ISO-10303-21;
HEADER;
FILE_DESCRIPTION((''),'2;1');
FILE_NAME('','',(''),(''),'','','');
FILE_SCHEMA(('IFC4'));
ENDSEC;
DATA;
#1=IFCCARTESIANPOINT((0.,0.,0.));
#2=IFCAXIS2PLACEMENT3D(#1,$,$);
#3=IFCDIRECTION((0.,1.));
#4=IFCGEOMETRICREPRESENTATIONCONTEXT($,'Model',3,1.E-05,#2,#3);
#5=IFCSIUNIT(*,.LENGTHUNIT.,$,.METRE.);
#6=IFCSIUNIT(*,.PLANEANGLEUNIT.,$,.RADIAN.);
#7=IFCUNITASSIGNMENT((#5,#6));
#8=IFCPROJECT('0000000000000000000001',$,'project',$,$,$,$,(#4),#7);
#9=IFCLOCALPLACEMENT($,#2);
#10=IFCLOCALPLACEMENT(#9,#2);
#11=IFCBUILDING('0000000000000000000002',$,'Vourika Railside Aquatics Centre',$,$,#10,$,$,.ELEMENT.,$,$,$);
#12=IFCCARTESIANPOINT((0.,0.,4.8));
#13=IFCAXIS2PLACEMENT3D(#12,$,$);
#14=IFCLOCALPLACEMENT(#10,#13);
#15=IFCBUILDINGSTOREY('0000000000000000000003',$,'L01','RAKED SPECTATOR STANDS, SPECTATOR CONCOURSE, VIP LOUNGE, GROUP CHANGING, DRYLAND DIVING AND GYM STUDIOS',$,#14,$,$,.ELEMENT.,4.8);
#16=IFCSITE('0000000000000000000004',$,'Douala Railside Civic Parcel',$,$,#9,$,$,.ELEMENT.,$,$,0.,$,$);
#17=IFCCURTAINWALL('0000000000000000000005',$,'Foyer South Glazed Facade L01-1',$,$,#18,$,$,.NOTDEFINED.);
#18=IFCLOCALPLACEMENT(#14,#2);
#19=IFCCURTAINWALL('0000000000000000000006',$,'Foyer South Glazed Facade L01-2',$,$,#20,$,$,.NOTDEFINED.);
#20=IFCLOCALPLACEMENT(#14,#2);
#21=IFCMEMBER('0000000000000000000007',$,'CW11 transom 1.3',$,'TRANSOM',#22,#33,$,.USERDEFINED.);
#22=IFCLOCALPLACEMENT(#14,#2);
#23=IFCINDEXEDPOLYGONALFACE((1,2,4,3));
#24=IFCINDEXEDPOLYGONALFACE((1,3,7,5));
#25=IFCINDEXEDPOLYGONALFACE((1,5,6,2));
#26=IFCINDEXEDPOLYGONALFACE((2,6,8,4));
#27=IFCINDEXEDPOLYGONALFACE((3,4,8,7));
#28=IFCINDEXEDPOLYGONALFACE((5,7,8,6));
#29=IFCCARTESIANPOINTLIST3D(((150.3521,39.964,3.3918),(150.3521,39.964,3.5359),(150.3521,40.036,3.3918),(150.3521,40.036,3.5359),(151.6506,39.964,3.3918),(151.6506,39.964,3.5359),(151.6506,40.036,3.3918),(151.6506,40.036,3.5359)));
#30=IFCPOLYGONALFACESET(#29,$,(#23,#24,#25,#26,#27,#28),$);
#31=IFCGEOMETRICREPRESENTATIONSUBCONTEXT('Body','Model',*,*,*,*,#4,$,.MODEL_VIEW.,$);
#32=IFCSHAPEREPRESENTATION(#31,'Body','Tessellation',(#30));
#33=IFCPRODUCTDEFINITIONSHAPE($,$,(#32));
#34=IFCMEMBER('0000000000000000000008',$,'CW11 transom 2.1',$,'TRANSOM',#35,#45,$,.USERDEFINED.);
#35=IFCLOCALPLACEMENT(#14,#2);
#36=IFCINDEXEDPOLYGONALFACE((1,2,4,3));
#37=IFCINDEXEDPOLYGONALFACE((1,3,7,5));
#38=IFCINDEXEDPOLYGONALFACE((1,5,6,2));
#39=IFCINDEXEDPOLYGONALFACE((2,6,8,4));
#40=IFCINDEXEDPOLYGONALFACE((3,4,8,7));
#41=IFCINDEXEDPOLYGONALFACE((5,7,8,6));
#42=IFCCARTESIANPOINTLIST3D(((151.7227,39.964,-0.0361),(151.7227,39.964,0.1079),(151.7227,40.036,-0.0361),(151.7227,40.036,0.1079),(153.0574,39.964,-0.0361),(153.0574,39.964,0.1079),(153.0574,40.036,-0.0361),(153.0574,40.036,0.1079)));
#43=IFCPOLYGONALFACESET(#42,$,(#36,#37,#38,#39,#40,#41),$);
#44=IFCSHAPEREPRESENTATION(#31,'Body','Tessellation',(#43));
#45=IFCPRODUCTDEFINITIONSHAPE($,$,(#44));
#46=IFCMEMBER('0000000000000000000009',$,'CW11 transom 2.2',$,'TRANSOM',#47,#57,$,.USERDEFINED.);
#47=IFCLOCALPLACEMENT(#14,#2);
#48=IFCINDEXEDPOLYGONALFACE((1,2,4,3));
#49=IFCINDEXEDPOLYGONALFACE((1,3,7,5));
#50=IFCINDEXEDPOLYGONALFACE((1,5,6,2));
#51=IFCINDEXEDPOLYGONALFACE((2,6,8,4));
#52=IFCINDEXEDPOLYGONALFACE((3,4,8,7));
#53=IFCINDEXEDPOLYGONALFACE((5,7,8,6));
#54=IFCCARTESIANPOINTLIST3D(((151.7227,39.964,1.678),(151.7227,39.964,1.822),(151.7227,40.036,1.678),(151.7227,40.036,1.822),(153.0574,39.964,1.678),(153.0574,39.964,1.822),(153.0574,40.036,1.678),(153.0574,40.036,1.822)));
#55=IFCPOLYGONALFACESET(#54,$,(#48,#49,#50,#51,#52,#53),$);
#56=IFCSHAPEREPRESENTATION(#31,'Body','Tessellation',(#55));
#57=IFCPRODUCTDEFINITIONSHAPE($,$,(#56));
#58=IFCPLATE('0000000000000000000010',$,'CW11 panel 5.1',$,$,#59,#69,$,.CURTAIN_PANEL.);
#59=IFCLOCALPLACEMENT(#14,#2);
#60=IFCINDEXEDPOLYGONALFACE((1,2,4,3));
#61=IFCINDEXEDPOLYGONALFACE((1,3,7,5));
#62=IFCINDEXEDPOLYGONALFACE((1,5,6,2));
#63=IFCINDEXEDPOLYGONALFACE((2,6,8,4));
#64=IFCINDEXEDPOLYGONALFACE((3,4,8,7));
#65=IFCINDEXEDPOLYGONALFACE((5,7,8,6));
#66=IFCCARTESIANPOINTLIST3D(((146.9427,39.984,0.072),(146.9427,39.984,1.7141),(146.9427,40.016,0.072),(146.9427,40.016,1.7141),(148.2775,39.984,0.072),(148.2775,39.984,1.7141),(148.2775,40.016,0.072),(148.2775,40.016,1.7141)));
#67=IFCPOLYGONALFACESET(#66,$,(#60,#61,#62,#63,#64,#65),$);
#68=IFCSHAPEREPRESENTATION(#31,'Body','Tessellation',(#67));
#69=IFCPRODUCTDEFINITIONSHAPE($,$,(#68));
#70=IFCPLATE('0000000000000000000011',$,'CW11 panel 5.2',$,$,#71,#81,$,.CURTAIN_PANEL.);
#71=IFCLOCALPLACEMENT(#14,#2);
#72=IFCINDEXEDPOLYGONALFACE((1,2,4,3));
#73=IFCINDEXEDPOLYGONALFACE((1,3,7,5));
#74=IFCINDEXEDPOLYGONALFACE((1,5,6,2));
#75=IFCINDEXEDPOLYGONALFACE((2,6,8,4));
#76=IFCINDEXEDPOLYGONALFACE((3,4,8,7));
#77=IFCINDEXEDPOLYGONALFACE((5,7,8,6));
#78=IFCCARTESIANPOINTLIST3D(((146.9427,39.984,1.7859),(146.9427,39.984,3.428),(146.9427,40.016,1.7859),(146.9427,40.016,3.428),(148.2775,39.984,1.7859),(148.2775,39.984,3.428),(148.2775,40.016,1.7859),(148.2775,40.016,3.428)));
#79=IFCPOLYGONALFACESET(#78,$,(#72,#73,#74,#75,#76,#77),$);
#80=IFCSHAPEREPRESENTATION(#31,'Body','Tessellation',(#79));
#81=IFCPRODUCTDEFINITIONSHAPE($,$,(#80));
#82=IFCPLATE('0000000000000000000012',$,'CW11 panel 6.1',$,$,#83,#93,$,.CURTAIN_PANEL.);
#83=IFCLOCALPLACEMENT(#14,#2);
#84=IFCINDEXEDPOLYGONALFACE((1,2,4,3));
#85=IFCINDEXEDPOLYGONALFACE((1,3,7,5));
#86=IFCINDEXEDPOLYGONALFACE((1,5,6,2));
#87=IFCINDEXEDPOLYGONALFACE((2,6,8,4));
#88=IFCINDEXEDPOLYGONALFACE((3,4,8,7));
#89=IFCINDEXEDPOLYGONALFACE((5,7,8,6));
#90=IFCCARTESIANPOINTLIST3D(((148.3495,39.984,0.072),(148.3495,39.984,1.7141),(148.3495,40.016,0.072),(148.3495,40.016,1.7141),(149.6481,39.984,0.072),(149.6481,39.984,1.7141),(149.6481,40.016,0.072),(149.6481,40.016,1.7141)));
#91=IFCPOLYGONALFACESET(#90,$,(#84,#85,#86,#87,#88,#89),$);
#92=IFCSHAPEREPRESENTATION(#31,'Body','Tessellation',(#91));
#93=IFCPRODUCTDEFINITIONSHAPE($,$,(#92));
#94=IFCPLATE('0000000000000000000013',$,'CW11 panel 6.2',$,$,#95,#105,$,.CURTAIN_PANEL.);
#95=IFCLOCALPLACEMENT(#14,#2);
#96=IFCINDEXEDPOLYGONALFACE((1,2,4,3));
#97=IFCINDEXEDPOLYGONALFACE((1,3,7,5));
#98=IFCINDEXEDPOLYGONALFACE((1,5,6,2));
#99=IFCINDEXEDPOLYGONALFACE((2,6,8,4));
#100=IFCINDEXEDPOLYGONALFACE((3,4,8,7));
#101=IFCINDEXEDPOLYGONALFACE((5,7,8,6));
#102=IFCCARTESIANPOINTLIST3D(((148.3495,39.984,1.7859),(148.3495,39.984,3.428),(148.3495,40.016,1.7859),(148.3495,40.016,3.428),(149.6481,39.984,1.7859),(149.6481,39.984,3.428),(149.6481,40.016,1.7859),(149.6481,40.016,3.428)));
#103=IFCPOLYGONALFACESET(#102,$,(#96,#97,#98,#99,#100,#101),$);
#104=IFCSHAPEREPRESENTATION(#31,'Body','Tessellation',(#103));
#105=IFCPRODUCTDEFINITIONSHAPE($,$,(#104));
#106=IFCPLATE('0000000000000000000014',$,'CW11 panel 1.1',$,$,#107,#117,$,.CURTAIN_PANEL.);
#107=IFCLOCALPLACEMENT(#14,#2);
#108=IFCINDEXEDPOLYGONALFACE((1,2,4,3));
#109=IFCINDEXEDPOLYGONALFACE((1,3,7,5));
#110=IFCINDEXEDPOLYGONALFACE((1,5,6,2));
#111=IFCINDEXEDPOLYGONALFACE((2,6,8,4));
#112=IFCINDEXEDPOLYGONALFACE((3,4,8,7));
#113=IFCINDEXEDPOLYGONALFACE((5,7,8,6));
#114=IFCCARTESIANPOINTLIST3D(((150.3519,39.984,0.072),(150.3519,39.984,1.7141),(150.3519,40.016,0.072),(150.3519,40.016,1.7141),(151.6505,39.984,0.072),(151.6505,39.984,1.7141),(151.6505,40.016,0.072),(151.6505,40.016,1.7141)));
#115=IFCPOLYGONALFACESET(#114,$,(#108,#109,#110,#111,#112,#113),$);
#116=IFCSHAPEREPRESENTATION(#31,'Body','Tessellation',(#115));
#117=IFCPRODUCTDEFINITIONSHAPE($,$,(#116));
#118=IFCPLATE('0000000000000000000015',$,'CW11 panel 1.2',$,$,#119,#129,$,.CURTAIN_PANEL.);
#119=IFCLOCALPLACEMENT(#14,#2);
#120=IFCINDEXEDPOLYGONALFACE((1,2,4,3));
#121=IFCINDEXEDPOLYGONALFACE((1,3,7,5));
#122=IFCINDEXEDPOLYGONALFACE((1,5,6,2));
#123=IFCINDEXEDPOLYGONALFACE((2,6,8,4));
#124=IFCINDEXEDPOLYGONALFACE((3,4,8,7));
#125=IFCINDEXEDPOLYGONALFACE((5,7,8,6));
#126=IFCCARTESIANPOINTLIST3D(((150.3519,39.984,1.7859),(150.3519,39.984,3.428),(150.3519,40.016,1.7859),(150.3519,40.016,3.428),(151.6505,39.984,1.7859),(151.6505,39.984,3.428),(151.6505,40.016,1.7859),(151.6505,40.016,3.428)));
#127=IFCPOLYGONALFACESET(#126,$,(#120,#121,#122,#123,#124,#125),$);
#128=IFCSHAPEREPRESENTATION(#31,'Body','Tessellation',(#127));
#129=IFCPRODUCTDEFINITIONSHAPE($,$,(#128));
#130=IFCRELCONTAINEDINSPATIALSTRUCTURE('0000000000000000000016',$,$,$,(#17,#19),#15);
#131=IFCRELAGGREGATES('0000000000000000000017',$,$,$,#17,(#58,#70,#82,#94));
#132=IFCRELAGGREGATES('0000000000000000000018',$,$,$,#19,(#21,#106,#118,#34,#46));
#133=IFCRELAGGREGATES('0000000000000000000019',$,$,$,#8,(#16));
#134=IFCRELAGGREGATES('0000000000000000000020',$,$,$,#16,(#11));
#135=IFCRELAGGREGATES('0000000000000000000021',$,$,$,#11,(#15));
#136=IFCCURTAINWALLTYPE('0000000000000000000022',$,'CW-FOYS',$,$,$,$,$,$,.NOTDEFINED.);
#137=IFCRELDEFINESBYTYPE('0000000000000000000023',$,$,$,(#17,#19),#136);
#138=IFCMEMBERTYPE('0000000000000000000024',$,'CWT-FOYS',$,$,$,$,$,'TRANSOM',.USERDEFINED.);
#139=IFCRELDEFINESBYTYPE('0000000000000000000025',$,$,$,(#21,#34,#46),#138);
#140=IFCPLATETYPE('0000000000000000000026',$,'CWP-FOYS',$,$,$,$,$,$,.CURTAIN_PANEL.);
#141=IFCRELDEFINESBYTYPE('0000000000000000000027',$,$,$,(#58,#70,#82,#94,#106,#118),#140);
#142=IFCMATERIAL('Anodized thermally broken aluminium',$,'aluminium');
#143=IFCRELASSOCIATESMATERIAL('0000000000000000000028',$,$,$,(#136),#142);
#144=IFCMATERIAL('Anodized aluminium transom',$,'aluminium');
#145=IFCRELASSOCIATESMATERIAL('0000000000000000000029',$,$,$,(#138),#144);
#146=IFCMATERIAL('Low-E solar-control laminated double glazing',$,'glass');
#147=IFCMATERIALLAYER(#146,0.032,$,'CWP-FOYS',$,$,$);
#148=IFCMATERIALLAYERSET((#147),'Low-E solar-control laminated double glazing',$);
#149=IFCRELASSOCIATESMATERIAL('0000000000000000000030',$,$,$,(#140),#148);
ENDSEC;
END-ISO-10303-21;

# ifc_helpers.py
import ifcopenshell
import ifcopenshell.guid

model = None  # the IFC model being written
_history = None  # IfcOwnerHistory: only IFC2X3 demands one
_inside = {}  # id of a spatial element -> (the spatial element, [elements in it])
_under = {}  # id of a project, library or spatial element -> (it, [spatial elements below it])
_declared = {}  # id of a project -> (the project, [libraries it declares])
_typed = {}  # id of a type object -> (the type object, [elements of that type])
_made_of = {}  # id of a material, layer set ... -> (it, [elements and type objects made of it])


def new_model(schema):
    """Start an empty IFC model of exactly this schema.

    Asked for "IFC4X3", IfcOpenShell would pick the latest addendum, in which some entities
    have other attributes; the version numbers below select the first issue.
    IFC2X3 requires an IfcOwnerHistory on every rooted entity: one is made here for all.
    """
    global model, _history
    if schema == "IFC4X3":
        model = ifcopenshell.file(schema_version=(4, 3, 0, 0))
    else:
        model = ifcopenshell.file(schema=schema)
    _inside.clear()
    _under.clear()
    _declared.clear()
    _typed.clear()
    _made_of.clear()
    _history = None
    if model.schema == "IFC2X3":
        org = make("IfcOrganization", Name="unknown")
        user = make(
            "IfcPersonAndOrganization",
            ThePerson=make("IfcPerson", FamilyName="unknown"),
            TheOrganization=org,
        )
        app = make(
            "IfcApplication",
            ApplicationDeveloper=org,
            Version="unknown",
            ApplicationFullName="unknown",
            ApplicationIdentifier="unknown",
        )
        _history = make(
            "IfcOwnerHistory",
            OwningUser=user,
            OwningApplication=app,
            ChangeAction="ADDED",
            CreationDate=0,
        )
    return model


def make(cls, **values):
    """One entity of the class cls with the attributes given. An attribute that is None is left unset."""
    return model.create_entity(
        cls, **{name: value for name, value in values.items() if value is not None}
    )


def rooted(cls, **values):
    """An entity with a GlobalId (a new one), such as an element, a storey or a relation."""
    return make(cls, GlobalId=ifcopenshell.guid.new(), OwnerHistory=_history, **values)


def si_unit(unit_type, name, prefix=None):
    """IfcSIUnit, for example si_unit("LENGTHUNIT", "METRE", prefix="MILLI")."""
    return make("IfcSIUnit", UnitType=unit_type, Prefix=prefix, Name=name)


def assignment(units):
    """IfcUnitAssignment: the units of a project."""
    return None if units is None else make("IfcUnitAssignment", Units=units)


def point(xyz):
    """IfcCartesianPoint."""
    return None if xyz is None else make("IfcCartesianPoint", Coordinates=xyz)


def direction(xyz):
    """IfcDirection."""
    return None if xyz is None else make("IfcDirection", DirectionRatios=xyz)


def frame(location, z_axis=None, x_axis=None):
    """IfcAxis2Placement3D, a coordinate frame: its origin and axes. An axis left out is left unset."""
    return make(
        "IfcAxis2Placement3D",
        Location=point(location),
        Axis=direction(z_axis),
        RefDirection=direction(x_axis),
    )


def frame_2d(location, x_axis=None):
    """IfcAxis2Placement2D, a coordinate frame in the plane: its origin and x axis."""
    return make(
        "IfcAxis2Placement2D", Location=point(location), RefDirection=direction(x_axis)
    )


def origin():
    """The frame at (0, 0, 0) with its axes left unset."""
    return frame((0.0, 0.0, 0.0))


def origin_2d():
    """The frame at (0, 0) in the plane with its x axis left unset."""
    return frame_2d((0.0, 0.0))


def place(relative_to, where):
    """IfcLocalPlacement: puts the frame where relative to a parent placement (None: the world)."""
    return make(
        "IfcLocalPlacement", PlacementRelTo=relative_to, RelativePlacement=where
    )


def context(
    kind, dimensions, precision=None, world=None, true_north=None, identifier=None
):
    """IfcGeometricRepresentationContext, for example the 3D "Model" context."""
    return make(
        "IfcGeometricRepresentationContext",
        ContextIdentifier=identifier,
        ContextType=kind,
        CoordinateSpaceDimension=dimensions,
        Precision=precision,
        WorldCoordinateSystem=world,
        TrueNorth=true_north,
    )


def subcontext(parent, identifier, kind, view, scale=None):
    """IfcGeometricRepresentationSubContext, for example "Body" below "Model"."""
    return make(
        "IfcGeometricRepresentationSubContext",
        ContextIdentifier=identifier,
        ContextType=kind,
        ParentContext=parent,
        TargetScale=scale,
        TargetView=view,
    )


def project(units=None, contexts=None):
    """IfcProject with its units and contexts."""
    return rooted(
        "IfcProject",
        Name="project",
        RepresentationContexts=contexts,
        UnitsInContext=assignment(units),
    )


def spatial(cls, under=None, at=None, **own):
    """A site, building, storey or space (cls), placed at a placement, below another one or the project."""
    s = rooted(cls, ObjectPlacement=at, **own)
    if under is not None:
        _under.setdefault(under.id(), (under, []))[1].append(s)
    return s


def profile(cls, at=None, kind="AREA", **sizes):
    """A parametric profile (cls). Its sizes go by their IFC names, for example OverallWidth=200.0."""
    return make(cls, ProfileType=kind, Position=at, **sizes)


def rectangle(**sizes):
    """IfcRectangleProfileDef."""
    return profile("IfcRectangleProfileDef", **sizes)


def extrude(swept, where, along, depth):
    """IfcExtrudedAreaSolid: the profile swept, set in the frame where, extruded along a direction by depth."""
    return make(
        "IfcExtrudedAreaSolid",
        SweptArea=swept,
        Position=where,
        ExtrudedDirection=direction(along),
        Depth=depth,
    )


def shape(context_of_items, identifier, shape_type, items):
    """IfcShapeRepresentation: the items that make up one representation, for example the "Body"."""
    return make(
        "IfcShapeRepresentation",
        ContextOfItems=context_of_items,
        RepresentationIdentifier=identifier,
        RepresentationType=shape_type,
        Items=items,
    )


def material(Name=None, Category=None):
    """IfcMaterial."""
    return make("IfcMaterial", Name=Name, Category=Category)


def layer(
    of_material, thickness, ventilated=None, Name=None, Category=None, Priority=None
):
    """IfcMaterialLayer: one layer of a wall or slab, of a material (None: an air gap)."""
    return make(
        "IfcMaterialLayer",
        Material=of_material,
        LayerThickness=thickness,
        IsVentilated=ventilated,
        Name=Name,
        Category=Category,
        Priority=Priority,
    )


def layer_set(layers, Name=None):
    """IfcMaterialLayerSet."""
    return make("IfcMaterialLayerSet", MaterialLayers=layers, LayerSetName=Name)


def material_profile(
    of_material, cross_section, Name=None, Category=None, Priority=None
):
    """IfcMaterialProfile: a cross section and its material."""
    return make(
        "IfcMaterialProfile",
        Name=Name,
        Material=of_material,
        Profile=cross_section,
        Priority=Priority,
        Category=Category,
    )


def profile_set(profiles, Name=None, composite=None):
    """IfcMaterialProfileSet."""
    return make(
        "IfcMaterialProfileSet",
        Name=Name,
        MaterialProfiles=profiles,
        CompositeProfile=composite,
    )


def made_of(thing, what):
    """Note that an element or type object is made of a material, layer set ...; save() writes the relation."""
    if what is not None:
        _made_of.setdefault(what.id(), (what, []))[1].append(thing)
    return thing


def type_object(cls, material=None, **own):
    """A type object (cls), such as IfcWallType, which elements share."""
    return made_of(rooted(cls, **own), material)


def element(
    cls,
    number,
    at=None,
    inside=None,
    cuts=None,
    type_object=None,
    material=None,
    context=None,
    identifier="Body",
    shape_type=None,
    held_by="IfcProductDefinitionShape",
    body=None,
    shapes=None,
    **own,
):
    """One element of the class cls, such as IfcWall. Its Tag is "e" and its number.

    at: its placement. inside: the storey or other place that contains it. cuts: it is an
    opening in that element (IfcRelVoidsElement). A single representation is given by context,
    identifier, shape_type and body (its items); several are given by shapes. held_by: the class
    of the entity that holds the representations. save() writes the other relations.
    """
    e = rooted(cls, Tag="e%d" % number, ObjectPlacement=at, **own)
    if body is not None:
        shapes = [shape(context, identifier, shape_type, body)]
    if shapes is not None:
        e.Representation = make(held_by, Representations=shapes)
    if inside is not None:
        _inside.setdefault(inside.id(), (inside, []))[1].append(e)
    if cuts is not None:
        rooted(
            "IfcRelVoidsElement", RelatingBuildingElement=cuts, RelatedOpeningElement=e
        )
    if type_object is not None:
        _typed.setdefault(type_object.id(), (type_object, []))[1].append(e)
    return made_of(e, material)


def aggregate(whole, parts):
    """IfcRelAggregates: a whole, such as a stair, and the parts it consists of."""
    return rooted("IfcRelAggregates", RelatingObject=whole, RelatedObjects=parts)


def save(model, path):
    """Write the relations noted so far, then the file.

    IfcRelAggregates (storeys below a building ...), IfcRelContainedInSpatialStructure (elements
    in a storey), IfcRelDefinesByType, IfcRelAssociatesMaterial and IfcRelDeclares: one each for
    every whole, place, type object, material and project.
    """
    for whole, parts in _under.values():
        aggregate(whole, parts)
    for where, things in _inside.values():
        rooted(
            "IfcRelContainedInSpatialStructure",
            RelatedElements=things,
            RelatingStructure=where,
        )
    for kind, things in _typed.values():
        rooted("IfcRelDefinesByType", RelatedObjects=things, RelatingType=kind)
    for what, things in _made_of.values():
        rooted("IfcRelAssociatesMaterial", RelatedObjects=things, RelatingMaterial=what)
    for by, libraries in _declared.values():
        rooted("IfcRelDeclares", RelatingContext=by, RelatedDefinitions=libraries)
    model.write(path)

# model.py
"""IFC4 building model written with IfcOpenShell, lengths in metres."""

from ifc_helpers import new_model, si_unit, direction, frame, origin, origin_2d, place, context, subcontext, project, spatial, rectangle, extrude, material, layer, layer_set, material_profile, profile_set, type_object, element, aggregate, save


model = new_model("IFC4")

# Units and contexts
model_context = context("Model", 3, precision=1e-05, world=origin(), true_north=direction((0.0, 1.0)))
body_context = subcontext(model_context, "Body", "Model", "MODEL_VIEW")
ifc_project = project(units=[si_unit("LENGTHUNIT", "METRE"), si_unit("PLANEANGLEUNIT", "RADIAN")], contexts=[model_context])

# Site, building, storey
site_placement = place(None, origin())
site = spatial("IfcSite", under=ifc_project, at=site_placement, Name="Douala Railside Civic Parcel", CompositionType="ELEMENT", RefElevation=0.0)
building_placement = place(site_placement, origin())
building = spatial("IfcBuilding", under=site, at=building_placement, Name="Vourika Railside Aquatics Centre", CompositionType="ELEMENT")
storey_placement = place(building_placement, frame((0.0, 0.0, 4.8)))
storey = spatial("IfcBuildingStorey", under=building, at=storey_placement, Name="L01", Description="RAKED SPECTATOR STANDS, SPECTATOR CONCOURSE, VIP LOUNGE, GROUP CHANGING, DRYLAND DIVING AND GYM STUDIOS", CompositionType="ELEMENT", Elevation=4.8)

# Curtain walls
ifc_material_1 = material(Name="Anodized thermally broken aluminium", Category="aluminium")
curtain_wall_type = type_object("IfcCurtainWallType", Name="CW-FOYS", PredefinedType="NOTDEFINED", material=ifc_material_1)
curtain_wall_1_placement = place(storey_placement, origin())
curtain_wall_1 = element("IfcCurtainWall", 1, at=curtain_wall_1_placement, inside=storey, type_object=curtain_wall_type, Name="Foyer South Glazed Facade L01-1", PredefinedType="NOTDEFINED")
curtain_wall_2_placement = place(storey_placement, origin())
curtain_wall_2 = element("IfcCurtainWall", 2, at=curtain_wall_2_placement, inside=storey, type_object=curtain_wall_type, Name="Foyer South Glazed Facade L01-2", PredefinedType="NOTDEFINED")

# Members
ifc_material_2 = material(Name="Anodized aluminium transom", Category="aluminium")
ifc_material_profile_1 = material_profile(ifc_material_2, rectangle(XDim=0.072, YDim=0.144, at=origin_2d()), Name="ALU-T 72x144")
ifc_profile_set_1 = profile_set([ifc_material_profile_1], Name="Anodized aluminium transom")
member_type_1 = type_object("IfcMemberType", Name="CWT-FOYS", ElementType="TRANSOM", PredefinedType="USERDEFINED", material=ifc_profile_set_1)
member_1_placement = place(storey_placement, frame((150.3521, 40.0, 3.4639), z_axis=(1.0, 0.0, 0.0), x_axis=(0.0, 1.0, 0.0)))
member_1 = element("IfcMember", 3, at=member_1_placement, type_object=member_type_1, Name="CW11 transom 1.3", ObjectType="TRANSOM", PredefinedType="USERDEFINED", context=body_context, shape_type="SweptSolid", body=[
    extrude(rectangle(XDim=0.072, YDim=0.144, at=origin_2d()), origin(), (0.0, 0.0, 1.0), 1.2986),
])
member_2_placement = place(storey_placement, frame((151.7227, 40.0, 0.0359), z_axis=(1.0, 0.0, 0.0), x_axis=(0.0, 1.0, 0.0)))
member_2 = element("IfcMember", 4, at=member_2_placement, type_object=member_type_1, Name="CW11 transom 2.1", ObjectType="TRANSOM", PredefinedType="USERDEFINED", context=body_context, shape_type="SweptSolid", body=[
    extrude(rectangle(XDim=0.072, YDim=0.144, at=origin_2d()), origin(), (0.0, 0.0, 1.0), 1.3347),
])
member_3_placement = place(storey_placement, frame((151.7227, 40.0, 1.75), z_axis=(1.0, 0.0, 0.0), x_axis=(0.0, 1.0, 0.0)))
member_3 = element("IfcMember", 5, at=member_3_placement, type_object=member_type_1, Name="CW11 transom 2.2", ObjectType="TRANSOM", PredefinedType="USERDEFINED", context=body_context, shape_type="SweptSolid", body=[
    extrude(rectangle(XDim=0.072, YDim=0.144, at=origin_2d()), origin(), (0.0, 0.0, 1.0), 1.3347),
])

# Plates
ifc_material_3 = material(Name="Low-E solar-control laminated double glazing", Category="glass")
ifc_layer = layer(ifc_material_3, 0.032, Name="CWP-FOYS")
ifc_layer_set = layer_set([ifc_layer], Name="Low-E solar-control laminated double glazing")
plate_type = type_object("IfcPlateType", Name="CWP-FOYS", PredefinedType="CURTAIN_PANEL", material=ifc_layer_set)
plate_1_placement = place(storey_placement, frame((147.6101, 40.0, 0.072), z_axis=(0.0, 0.0, 1.0), x_axis=(1.0, 0.0, 0.0)))
plate_1 = element("IfcPlate", 6, at=plate_1_placement, type_object=plate_type, Name="CW11 panel 5.1", PredefinedType="CURTAIN_PANEL", context=body_context, shape_type="SweptSolid", body=[
    extrude(rectangle(XDim=1.3347, YDim=0.032, at=origin_2d()), origin(), (0.0, 0.0, 1.0), 1.6421),
])
plate_2_placement = place(storey_placement, frame((147.6101, 40.0, 1.7859), z_axis=(0.0, 0.0, 1.0), x_axis=(1.0, 0.0, 0.0)))
plate_2 = element("IfcPlate", 7, at=plate_2_placement, type_object=plate_type, Name="CW11 panel 5.2", PredefinedType="CURTAIN_PANEL", context=body_context, shape_type="SweptSolid", body=[
    extrude(rectangle(XDim=1.3347, YDim=0.032, at=origin_2d()), origin(), (0.0, 0.0, 1.0), 1.6421),
])
plate_3_placement = place(storey_placement, frame((148.9988, 40.0, 0.072), z_axis=(0.0, 0.0, 1.0), x_axis=(1.0, 0.0, 0.0)))
plate_3 = element("IfcPlate", 8, at=plate_3_placement, type_object=plate_type, Name="CW11 panel 6.1", PredefinedType="CURTAIN_PANEL", context=body_context, shape_type="SweptSolid", body=[
    extrude(rectangle(XDim=1.2986, YDim=0.032, at=origin_2d()), origin(), (0.0, 0.0, 1.0), 1.6421),
])
plate_4_placement = place(storey_placement, frame((148.9988, 40.0, 1.7859), z_axis=(0.0, 0.0, 1.0), x_axis=(1.0, 0.0, 0.0)))
plate_4 = element("IfcPlate", 9, at=plate_4_placement, type_object=plate_type, Name="CW11 panel 6.2", PredefinedType="CURTAIN_PANEL", context=body_context, shape_type="SweptSolid", body=[
    extrude(rectangle(XDim=1.2986, YDim=0.032, at=origin_2d()), origin(), (0.0, 0.0, 1.0), 1.6421),
])
aggregate(curtain_wall_1, [plate_1, plate_2, plate_3, plate_4])
plate_5_placement = place(storey_placement, frame((151.0012, 40.0, 0.072), z_axis=(0.0, 0.0, 1.0), x_axis=(1.0, 0.0, 0.0)))
plate_5 = element("IfcPlate", 10, at=plate_5_placement, type_object=plate_type, Name="CW11 panel 1.1", PredefinedType="CURTAIN_PANEL", context=body_context, shape_type="SweptSolid", body=[
    extrude(rectangle(XDim=1.2986, YDim=0.032, at=origin_2d()), origin(), (0.0, 0.0, 1.0), 1.6421),
])
plate_6_placement = place(storey_placement, frame((151.0012, 40.0, 1.7859), z_axis=(0.0, 0.0, 1.0), x_axis=(1.0, 0.0, 0.0)))
plate_6 = element("IfcPlate", 11, at=plate_6_placement, type_object=plate_type, Name="CW11 panel 1.2", PredefinedType="CURTAIN_PANEL", context=body_context, shape_type="SweptSolid", body=[
    extrude(rectangle(XDim=1.2986, YDim=0.032, at=origin_2d()), origin(), (0.0, 0.0, 1.0), 1.6421),
])
aggregate(curtain_wall_2, [member_1, plate_5, plate_6, member_2, member_3])

save(model, "model.ifc")
